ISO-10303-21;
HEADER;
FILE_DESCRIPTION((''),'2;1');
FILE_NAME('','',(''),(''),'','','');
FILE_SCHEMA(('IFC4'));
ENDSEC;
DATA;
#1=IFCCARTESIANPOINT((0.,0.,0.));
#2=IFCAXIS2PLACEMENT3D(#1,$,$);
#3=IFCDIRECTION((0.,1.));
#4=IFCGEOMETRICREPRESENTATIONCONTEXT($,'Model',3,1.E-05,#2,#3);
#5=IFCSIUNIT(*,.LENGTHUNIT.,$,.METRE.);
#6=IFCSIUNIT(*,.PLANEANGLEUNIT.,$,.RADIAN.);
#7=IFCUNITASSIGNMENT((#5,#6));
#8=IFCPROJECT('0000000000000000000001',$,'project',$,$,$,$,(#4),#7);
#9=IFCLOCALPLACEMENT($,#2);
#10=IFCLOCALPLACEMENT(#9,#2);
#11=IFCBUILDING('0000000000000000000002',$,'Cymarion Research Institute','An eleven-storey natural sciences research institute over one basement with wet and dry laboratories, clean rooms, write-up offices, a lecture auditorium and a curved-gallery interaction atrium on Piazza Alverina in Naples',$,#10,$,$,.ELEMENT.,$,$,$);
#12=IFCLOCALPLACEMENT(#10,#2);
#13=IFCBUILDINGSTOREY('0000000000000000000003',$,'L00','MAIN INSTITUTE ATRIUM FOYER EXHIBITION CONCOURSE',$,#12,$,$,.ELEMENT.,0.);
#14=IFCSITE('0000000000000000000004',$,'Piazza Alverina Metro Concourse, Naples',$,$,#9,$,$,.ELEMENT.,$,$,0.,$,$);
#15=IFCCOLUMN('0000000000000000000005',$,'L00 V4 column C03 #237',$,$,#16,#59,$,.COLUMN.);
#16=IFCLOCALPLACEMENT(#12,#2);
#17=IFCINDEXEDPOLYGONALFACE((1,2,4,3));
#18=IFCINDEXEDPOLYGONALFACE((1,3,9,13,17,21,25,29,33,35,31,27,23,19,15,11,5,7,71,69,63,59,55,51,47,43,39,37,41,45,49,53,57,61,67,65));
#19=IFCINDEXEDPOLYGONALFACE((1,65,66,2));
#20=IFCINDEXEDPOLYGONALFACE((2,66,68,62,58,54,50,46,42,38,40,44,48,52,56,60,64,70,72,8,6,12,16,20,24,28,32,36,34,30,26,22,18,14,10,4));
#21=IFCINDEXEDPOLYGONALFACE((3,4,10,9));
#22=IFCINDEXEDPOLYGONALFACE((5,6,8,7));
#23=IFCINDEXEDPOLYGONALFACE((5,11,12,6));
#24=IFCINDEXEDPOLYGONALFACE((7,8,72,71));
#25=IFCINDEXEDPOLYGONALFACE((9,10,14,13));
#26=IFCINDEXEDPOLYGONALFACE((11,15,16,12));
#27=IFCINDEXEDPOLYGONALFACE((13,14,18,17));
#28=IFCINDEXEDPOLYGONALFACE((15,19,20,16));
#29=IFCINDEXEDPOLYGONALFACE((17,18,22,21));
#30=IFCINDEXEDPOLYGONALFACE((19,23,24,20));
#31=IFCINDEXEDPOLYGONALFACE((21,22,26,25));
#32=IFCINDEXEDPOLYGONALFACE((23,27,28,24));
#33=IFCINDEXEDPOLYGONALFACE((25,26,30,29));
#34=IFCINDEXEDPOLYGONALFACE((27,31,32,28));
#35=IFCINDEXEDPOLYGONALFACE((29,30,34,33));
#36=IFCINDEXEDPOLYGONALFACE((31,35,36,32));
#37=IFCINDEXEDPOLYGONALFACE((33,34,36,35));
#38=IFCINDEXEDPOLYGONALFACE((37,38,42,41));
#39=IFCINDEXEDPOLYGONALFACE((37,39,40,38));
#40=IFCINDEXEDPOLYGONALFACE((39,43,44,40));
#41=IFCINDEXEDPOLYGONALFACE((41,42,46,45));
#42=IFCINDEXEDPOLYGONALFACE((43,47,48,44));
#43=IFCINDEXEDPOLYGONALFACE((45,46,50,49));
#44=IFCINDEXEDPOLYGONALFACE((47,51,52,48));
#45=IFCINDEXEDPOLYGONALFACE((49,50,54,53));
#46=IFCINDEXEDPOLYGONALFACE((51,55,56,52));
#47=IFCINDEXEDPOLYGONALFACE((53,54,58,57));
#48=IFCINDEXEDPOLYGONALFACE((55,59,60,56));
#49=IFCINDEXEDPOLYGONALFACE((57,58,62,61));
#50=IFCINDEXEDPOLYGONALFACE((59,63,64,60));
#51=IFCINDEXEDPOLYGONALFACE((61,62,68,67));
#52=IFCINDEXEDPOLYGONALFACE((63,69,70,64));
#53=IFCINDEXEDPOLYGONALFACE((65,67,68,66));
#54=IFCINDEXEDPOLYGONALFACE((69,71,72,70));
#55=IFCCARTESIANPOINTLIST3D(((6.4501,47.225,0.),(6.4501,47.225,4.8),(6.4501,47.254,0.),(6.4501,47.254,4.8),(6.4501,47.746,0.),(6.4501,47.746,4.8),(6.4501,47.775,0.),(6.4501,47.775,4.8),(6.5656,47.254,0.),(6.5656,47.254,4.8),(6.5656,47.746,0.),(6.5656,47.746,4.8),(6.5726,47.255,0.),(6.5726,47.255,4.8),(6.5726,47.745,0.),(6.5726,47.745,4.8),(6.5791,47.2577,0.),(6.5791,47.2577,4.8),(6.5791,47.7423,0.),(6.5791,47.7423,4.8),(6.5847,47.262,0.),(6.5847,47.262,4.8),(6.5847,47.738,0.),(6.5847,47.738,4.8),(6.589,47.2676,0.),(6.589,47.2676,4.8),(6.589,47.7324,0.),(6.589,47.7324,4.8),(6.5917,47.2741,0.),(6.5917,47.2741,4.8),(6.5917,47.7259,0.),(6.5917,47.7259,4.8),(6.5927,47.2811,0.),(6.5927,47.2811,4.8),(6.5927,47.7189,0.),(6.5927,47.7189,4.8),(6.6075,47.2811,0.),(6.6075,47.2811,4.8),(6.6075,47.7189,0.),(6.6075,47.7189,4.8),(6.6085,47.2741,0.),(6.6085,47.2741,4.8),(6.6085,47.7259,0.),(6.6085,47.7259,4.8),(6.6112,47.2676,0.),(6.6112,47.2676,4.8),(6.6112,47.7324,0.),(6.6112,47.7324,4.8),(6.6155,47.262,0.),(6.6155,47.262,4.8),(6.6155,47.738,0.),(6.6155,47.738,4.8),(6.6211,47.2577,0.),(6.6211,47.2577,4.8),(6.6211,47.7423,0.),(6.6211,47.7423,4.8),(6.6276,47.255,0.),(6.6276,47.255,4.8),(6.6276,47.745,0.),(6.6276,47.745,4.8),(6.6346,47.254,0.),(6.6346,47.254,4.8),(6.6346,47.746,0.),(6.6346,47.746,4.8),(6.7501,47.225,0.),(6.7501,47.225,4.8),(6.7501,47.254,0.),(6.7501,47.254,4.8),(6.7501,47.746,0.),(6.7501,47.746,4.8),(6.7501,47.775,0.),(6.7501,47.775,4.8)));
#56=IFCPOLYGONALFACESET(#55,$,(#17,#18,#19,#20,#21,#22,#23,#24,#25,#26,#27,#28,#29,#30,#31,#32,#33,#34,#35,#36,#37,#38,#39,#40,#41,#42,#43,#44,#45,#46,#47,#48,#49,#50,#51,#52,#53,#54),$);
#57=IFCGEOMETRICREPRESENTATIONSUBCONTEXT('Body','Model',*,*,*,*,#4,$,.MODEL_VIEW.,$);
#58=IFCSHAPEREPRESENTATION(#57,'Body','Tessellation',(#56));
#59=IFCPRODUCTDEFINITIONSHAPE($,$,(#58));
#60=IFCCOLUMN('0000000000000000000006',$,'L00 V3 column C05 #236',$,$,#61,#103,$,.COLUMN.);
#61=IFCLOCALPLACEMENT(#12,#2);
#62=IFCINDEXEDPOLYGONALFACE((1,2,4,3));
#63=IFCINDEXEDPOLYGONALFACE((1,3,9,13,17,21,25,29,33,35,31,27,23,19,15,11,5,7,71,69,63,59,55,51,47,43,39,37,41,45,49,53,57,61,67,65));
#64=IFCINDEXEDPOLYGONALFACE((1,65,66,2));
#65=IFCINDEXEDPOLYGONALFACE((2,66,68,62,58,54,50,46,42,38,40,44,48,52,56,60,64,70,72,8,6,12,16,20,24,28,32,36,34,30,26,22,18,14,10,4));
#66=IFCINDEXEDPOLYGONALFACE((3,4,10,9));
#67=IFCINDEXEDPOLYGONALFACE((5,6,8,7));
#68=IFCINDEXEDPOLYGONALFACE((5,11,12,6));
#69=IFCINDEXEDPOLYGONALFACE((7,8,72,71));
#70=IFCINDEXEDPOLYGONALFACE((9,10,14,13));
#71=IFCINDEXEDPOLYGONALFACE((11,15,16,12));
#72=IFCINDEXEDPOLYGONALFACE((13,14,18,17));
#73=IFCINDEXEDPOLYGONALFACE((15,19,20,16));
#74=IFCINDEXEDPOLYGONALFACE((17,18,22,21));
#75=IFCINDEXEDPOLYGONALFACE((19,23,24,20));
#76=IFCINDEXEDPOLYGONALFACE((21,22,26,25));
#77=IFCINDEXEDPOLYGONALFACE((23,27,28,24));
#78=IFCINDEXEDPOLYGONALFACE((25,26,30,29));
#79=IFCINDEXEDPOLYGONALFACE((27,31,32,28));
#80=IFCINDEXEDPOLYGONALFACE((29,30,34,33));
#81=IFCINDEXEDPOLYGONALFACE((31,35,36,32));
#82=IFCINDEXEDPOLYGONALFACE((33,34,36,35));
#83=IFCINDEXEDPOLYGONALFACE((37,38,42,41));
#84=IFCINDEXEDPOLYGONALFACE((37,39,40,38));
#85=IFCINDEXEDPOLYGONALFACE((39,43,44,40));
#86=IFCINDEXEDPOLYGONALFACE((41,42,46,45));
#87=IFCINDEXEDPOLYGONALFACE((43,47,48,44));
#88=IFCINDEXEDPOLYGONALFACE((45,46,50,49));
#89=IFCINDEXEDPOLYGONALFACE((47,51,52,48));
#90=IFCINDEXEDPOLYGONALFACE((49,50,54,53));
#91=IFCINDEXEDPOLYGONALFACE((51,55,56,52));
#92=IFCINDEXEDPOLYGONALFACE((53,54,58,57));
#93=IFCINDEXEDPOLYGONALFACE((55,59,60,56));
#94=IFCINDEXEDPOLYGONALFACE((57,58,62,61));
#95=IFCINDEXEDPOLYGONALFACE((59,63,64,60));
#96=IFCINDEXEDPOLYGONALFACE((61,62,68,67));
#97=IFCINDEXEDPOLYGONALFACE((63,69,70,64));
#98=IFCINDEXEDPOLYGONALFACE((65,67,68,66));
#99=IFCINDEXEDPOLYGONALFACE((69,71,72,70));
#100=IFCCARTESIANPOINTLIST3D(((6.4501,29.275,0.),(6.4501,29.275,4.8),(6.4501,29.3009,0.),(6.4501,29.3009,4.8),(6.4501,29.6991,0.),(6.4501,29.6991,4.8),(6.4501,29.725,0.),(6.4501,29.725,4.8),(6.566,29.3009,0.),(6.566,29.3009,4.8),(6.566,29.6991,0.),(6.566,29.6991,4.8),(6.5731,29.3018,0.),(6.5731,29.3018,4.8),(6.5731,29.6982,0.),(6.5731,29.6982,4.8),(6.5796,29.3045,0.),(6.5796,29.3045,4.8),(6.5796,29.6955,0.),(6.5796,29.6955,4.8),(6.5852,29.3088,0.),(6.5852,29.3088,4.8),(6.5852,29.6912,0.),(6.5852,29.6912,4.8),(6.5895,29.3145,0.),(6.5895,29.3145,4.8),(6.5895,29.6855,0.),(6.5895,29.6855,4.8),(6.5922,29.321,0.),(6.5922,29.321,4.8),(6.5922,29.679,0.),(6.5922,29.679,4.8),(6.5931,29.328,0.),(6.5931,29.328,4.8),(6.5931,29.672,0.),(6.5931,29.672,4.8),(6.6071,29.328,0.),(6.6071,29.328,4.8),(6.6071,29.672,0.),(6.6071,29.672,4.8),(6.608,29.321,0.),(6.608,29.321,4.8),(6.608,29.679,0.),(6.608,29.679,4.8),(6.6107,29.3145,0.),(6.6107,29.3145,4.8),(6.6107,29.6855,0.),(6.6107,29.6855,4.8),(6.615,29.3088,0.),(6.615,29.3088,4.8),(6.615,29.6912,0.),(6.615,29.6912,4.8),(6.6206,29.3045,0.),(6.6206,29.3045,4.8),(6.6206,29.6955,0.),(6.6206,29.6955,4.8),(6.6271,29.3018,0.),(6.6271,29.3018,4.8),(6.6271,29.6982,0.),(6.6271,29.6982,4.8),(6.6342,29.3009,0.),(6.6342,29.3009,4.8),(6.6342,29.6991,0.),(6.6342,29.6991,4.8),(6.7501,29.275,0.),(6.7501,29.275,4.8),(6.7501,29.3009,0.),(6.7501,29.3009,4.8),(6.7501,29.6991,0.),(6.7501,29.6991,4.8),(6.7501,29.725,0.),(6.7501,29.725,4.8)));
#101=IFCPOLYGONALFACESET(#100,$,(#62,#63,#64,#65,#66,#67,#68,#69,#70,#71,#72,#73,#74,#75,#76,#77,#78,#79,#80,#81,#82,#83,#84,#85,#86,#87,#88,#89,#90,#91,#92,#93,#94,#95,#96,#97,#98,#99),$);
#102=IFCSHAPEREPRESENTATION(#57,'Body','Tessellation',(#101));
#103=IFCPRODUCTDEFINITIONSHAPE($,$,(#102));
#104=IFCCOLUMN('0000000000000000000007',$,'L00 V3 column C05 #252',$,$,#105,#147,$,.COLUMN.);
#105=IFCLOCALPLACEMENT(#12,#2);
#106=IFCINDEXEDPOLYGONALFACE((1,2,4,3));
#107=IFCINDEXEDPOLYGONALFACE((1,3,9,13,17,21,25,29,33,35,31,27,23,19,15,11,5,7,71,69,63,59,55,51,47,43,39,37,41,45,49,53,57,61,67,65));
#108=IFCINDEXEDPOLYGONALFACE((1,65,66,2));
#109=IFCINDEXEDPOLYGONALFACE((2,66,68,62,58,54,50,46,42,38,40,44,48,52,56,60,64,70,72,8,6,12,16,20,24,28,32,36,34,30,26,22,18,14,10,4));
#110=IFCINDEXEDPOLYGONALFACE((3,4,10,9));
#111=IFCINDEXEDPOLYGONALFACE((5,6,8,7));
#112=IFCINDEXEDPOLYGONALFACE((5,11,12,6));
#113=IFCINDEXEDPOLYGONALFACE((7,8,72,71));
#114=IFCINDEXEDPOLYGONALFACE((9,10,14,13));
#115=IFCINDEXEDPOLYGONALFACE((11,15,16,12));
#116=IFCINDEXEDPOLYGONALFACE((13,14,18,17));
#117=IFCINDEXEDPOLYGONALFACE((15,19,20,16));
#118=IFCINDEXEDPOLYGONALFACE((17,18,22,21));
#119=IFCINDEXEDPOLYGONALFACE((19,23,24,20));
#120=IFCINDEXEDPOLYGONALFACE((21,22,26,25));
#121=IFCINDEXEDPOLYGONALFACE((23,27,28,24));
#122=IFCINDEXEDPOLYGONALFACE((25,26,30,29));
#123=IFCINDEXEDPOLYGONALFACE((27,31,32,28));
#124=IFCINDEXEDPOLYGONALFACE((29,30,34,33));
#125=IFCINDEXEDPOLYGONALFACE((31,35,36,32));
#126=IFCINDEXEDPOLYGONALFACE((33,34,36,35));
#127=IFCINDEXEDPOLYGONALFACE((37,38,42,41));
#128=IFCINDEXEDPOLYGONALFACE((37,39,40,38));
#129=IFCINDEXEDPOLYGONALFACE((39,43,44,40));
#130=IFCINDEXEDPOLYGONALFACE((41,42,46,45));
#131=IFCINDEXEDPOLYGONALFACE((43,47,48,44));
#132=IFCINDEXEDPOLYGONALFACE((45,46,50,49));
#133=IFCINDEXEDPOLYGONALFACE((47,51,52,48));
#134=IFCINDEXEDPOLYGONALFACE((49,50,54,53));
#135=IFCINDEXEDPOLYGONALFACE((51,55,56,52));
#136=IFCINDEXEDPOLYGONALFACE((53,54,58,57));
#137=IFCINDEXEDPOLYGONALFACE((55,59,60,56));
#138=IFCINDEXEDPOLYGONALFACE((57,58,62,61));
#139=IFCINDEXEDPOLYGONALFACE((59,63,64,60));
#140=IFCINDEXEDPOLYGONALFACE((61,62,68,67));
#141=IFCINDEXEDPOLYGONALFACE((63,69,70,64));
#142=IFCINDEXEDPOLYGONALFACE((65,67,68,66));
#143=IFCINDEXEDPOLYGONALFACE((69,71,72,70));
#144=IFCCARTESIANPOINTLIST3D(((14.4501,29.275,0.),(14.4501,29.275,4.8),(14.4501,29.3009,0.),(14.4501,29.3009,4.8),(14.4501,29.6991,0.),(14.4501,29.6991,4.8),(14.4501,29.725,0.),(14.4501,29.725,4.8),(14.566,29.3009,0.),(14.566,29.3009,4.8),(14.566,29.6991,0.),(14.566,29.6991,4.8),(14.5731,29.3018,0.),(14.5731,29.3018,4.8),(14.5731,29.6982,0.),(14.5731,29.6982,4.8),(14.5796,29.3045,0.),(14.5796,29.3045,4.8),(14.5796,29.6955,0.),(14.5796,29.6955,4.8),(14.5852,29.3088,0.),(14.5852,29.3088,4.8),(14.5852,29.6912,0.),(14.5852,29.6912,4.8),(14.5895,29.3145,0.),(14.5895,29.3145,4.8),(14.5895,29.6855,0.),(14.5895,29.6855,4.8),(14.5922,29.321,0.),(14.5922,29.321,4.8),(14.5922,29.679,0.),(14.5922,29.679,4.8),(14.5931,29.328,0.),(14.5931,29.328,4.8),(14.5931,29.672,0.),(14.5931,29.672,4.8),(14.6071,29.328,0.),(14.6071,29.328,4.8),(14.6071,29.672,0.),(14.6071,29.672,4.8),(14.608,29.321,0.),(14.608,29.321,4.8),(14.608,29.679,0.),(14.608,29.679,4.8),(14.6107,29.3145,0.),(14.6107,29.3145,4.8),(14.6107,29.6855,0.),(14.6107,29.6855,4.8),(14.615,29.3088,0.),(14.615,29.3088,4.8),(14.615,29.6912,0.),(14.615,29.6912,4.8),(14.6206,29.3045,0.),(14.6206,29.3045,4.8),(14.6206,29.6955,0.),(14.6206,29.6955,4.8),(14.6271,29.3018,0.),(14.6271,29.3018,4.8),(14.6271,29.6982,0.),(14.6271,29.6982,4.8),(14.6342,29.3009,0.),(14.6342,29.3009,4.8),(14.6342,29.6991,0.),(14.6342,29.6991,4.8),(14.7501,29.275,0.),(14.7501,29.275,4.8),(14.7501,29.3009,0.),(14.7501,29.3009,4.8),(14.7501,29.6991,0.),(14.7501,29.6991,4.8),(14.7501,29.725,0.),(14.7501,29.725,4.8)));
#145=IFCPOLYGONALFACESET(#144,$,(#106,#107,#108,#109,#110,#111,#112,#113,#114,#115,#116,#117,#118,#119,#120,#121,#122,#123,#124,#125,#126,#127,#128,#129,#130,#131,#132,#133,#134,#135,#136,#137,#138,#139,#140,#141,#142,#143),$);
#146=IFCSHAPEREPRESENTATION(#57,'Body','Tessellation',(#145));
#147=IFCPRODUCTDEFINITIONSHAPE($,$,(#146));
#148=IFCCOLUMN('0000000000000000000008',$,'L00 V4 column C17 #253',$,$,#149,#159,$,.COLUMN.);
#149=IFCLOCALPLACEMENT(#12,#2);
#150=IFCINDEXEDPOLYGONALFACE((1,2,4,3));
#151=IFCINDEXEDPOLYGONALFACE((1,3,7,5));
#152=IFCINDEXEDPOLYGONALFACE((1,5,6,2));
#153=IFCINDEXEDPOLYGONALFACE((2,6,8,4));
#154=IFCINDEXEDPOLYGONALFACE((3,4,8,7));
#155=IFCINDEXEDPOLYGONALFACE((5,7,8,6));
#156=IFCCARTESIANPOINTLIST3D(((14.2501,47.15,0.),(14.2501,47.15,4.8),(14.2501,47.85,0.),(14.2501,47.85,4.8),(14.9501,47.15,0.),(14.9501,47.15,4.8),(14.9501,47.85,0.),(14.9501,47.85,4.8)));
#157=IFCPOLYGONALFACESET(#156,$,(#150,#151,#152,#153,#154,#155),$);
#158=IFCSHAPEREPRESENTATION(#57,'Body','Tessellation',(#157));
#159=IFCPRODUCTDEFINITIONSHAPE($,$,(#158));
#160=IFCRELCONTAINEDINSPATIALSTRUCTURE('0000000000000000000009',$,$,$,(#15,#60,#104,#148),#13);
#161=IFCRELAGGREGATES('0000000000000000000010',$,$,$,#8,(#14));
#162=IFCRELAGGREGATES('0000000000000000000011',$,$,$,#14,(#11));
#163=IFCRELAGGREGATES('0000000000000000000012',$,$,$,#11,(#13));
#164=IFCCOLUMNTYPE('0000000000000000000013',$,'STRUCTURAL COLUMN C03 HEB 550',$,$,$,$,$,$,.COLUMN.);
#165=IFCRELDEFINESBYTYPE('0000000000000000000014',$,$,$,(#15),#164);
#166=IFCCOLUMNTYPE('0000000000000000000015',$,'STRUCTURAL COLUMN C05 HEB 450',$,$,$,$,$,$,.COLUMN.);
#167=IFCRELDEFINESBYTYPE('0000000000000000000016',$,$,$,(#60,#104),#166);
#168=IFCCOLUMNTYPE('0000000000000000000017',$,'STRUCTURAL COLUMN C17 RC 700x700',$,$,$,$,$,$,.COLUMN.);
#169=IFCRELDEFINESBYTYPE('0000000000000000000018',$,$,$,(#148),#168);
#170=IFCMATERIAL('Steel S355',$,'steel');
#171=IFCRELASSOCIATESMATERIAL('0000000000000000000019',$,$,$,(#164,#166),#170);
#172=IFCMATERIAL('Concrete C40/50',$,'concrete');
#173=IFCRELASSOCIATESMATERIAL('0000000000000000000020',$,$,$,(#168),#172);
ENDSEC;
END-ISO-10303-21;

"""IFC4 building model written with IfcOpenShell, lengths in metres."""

from ifc_helpers import new_model, si_unit, direction, frame, origin, origin_2d, place, context, subcontext, project, spatial, rectangle, i_section, extrude, material, material_profile, profile_set, type_object, element, save


model = new_model("IFC4")

# Units and contexts
model_context = context("Model", 3, precision=1e-05, world=origin(), true_north=direction((0.0, 1.0)))
body_context = subcontext(model_context, "Body", "Model", "MODEL_VIEW")
ifc_project = project(units=[si_unit("LENGTHUNIT", "METRE"), si_unit("PLANEANGLEUNIT", "RADIAN")], contexts=[model_context])

# Site, building, storey
site_placement = place(None, origin())
site = spatial("IfcSite", under=ifc_project, at=site_placement, Name="Piazza Alverina Metro Concourse, Naples", CompositionType="ELEMENT", RefElevation=0.0)
building_placement = place(site_placement, origin())
building = spatial("IfcBuilding", under=site, at=building_placement, Name="Cymarion Research Institute", Description="An eleven-storey natural sciences research institute over one basement with wet and dry laboratories, clean rooms, write-up offices, a lecture auditorium and a curved-gallery interaction atrium on Piazza Alverina in Naples", CompositionType="ELEMENT")
storey_placement = place(building_placement, origin())
storey = spatial("IfcBuildingStorey", under=building, at=storey_placement, Name="L00", Description="MAIN INSTITUTE ATRIUM FOYER EXHIBITION CONCOURSE", CompositionType="ELEMENT", Elevation=0.0)

# Columns
ifc_material_1 = material(Name="Steel S355", Category="steel")
ifc_material_profile_1 = material_profile(ifc_material_1, i_section(OverallWidth=0.3, OverallDepth=0.55, WebThickness=0.0149, FlangeThickness=0.0291, FilletRadius=0.0271, at=origin_2d()), Name="HEB 550")
ifc_profile_set_1 = profile_set([ifc_material_profile_1], Name="Steel S355")
column_type_1 = type_object("IfcColumnType", Name="STRUCTURAL COLUMN C03 HEB 550", PredefinedType="COLUMN", material=ifc_profile_set_1)
column_1_placement = place(storey_placement, frame((6.6001, 47.5, 0.0), z_axis=(0.0, 0.0, 1.0), x_axis=(1.0, 0.0, 0.0)))
element("IfcColumn", 1, at=column_1_placement, inside=storey, type_object=column_type_1, Name="L00 V4 column C03 #237", PredefinedType="COLUMN", context=body_context, shape_type="SweptSolid", body=[
    extrude(i_section(OverallWidth=0.3, OverallDepth=0.55, WebThickness=0.0149, FlangeThickness=0.0291, FilletRadius=0.0271, at=origin_2d()), origin(), (0.0, 0.0, 1.0), 4.8),
])
ifc_material_profile_2 = material_profile(ifc_material_1, i_section(OverallWidth=0.3, OverallDepth=0.45, WebThickness=0.0139, FlangeThickness=0.0259, FilletRadius=0.0271, at=origin_2d()), Name="HEB 450")
ifc_profile_set_2 = profile_set([ifc_material_profile_2], Name="Steel S355")
column_type_2 = type_object("IfcColumnType", Name="STRUCTURAL COLUMN C05 HEB 450", PredefinedType="COLUMN", material=ifc_profile_set_2)
for number, where, z_axis, x_axis, name in (
    (2, (6.6001, 29.5, 0.0), (0.0, 0.0, 1.0), (1.0, 0.0, 0.0), "L00 V3 column C05 #236"),
    (3, (14.6001, 29.5, 0.0), (0.0, 0.0, 1.0), (1.0, 0.0, 0.0), "L00 V3 column C05 #252"),
):
    element("IfcColumn", number, at=place(storey_placement, frame(where, z_axis=z_axis, x_axis=x_axis)), inside=storey, type_object=column_type_2, Name=name, PredefinedType="COLUMN", context=body_context, shape_type="SweptSolid", body=[
        extrude(i_section(OverallWidth=0.3, OverallDepth=0.45, WebThickness=0.0139, FlangeThickness=0.0259, FilletRadius=0.0271, at=origin_2d()), origin(), (0.0, 0.0, 1.0), 4.8),
    ])
ifc_material_2 = material(Name="Concrete C40/50", Category="concrete")
ifc_material_profile_3 = material_profile(ifc_material_2, rectangle(XDim=0.7, YDim=0.7, at=origin_2d()), Name="RC 700x700")
ifc_profile_set_3 = profile_set([ifc_material_profile_3], Name="Concrete C40/50")
column_type_3 = type_object("IfcColumnType", Name="STRUCTURAL COLUMN C17 RC 700x700", PredefinedType="COLUMN", material=ifc_profile_set_3)
column_2_placement = place(storey_placement, frame((14.6001, 47.5, 0.0), z_axis=(0.0, 0.0, 1.0), x_axis=(1.0, 0.0, 0.0)))
element("IfcColumn", 4, at=column_2_placement, inside=storey, type_object=column_type_3, Name="L00 V4 column C17 #253", PredefinedType="COLUMN", context=body_context, shape_type="SweptSolid", body=[
    extrude(rectangle(XDim=0.7, YDim=0.7, at=origin_2d()), origin(), (0.0, 0.0, 1.0), 4.8),
])

save(model, "model.ifc")
